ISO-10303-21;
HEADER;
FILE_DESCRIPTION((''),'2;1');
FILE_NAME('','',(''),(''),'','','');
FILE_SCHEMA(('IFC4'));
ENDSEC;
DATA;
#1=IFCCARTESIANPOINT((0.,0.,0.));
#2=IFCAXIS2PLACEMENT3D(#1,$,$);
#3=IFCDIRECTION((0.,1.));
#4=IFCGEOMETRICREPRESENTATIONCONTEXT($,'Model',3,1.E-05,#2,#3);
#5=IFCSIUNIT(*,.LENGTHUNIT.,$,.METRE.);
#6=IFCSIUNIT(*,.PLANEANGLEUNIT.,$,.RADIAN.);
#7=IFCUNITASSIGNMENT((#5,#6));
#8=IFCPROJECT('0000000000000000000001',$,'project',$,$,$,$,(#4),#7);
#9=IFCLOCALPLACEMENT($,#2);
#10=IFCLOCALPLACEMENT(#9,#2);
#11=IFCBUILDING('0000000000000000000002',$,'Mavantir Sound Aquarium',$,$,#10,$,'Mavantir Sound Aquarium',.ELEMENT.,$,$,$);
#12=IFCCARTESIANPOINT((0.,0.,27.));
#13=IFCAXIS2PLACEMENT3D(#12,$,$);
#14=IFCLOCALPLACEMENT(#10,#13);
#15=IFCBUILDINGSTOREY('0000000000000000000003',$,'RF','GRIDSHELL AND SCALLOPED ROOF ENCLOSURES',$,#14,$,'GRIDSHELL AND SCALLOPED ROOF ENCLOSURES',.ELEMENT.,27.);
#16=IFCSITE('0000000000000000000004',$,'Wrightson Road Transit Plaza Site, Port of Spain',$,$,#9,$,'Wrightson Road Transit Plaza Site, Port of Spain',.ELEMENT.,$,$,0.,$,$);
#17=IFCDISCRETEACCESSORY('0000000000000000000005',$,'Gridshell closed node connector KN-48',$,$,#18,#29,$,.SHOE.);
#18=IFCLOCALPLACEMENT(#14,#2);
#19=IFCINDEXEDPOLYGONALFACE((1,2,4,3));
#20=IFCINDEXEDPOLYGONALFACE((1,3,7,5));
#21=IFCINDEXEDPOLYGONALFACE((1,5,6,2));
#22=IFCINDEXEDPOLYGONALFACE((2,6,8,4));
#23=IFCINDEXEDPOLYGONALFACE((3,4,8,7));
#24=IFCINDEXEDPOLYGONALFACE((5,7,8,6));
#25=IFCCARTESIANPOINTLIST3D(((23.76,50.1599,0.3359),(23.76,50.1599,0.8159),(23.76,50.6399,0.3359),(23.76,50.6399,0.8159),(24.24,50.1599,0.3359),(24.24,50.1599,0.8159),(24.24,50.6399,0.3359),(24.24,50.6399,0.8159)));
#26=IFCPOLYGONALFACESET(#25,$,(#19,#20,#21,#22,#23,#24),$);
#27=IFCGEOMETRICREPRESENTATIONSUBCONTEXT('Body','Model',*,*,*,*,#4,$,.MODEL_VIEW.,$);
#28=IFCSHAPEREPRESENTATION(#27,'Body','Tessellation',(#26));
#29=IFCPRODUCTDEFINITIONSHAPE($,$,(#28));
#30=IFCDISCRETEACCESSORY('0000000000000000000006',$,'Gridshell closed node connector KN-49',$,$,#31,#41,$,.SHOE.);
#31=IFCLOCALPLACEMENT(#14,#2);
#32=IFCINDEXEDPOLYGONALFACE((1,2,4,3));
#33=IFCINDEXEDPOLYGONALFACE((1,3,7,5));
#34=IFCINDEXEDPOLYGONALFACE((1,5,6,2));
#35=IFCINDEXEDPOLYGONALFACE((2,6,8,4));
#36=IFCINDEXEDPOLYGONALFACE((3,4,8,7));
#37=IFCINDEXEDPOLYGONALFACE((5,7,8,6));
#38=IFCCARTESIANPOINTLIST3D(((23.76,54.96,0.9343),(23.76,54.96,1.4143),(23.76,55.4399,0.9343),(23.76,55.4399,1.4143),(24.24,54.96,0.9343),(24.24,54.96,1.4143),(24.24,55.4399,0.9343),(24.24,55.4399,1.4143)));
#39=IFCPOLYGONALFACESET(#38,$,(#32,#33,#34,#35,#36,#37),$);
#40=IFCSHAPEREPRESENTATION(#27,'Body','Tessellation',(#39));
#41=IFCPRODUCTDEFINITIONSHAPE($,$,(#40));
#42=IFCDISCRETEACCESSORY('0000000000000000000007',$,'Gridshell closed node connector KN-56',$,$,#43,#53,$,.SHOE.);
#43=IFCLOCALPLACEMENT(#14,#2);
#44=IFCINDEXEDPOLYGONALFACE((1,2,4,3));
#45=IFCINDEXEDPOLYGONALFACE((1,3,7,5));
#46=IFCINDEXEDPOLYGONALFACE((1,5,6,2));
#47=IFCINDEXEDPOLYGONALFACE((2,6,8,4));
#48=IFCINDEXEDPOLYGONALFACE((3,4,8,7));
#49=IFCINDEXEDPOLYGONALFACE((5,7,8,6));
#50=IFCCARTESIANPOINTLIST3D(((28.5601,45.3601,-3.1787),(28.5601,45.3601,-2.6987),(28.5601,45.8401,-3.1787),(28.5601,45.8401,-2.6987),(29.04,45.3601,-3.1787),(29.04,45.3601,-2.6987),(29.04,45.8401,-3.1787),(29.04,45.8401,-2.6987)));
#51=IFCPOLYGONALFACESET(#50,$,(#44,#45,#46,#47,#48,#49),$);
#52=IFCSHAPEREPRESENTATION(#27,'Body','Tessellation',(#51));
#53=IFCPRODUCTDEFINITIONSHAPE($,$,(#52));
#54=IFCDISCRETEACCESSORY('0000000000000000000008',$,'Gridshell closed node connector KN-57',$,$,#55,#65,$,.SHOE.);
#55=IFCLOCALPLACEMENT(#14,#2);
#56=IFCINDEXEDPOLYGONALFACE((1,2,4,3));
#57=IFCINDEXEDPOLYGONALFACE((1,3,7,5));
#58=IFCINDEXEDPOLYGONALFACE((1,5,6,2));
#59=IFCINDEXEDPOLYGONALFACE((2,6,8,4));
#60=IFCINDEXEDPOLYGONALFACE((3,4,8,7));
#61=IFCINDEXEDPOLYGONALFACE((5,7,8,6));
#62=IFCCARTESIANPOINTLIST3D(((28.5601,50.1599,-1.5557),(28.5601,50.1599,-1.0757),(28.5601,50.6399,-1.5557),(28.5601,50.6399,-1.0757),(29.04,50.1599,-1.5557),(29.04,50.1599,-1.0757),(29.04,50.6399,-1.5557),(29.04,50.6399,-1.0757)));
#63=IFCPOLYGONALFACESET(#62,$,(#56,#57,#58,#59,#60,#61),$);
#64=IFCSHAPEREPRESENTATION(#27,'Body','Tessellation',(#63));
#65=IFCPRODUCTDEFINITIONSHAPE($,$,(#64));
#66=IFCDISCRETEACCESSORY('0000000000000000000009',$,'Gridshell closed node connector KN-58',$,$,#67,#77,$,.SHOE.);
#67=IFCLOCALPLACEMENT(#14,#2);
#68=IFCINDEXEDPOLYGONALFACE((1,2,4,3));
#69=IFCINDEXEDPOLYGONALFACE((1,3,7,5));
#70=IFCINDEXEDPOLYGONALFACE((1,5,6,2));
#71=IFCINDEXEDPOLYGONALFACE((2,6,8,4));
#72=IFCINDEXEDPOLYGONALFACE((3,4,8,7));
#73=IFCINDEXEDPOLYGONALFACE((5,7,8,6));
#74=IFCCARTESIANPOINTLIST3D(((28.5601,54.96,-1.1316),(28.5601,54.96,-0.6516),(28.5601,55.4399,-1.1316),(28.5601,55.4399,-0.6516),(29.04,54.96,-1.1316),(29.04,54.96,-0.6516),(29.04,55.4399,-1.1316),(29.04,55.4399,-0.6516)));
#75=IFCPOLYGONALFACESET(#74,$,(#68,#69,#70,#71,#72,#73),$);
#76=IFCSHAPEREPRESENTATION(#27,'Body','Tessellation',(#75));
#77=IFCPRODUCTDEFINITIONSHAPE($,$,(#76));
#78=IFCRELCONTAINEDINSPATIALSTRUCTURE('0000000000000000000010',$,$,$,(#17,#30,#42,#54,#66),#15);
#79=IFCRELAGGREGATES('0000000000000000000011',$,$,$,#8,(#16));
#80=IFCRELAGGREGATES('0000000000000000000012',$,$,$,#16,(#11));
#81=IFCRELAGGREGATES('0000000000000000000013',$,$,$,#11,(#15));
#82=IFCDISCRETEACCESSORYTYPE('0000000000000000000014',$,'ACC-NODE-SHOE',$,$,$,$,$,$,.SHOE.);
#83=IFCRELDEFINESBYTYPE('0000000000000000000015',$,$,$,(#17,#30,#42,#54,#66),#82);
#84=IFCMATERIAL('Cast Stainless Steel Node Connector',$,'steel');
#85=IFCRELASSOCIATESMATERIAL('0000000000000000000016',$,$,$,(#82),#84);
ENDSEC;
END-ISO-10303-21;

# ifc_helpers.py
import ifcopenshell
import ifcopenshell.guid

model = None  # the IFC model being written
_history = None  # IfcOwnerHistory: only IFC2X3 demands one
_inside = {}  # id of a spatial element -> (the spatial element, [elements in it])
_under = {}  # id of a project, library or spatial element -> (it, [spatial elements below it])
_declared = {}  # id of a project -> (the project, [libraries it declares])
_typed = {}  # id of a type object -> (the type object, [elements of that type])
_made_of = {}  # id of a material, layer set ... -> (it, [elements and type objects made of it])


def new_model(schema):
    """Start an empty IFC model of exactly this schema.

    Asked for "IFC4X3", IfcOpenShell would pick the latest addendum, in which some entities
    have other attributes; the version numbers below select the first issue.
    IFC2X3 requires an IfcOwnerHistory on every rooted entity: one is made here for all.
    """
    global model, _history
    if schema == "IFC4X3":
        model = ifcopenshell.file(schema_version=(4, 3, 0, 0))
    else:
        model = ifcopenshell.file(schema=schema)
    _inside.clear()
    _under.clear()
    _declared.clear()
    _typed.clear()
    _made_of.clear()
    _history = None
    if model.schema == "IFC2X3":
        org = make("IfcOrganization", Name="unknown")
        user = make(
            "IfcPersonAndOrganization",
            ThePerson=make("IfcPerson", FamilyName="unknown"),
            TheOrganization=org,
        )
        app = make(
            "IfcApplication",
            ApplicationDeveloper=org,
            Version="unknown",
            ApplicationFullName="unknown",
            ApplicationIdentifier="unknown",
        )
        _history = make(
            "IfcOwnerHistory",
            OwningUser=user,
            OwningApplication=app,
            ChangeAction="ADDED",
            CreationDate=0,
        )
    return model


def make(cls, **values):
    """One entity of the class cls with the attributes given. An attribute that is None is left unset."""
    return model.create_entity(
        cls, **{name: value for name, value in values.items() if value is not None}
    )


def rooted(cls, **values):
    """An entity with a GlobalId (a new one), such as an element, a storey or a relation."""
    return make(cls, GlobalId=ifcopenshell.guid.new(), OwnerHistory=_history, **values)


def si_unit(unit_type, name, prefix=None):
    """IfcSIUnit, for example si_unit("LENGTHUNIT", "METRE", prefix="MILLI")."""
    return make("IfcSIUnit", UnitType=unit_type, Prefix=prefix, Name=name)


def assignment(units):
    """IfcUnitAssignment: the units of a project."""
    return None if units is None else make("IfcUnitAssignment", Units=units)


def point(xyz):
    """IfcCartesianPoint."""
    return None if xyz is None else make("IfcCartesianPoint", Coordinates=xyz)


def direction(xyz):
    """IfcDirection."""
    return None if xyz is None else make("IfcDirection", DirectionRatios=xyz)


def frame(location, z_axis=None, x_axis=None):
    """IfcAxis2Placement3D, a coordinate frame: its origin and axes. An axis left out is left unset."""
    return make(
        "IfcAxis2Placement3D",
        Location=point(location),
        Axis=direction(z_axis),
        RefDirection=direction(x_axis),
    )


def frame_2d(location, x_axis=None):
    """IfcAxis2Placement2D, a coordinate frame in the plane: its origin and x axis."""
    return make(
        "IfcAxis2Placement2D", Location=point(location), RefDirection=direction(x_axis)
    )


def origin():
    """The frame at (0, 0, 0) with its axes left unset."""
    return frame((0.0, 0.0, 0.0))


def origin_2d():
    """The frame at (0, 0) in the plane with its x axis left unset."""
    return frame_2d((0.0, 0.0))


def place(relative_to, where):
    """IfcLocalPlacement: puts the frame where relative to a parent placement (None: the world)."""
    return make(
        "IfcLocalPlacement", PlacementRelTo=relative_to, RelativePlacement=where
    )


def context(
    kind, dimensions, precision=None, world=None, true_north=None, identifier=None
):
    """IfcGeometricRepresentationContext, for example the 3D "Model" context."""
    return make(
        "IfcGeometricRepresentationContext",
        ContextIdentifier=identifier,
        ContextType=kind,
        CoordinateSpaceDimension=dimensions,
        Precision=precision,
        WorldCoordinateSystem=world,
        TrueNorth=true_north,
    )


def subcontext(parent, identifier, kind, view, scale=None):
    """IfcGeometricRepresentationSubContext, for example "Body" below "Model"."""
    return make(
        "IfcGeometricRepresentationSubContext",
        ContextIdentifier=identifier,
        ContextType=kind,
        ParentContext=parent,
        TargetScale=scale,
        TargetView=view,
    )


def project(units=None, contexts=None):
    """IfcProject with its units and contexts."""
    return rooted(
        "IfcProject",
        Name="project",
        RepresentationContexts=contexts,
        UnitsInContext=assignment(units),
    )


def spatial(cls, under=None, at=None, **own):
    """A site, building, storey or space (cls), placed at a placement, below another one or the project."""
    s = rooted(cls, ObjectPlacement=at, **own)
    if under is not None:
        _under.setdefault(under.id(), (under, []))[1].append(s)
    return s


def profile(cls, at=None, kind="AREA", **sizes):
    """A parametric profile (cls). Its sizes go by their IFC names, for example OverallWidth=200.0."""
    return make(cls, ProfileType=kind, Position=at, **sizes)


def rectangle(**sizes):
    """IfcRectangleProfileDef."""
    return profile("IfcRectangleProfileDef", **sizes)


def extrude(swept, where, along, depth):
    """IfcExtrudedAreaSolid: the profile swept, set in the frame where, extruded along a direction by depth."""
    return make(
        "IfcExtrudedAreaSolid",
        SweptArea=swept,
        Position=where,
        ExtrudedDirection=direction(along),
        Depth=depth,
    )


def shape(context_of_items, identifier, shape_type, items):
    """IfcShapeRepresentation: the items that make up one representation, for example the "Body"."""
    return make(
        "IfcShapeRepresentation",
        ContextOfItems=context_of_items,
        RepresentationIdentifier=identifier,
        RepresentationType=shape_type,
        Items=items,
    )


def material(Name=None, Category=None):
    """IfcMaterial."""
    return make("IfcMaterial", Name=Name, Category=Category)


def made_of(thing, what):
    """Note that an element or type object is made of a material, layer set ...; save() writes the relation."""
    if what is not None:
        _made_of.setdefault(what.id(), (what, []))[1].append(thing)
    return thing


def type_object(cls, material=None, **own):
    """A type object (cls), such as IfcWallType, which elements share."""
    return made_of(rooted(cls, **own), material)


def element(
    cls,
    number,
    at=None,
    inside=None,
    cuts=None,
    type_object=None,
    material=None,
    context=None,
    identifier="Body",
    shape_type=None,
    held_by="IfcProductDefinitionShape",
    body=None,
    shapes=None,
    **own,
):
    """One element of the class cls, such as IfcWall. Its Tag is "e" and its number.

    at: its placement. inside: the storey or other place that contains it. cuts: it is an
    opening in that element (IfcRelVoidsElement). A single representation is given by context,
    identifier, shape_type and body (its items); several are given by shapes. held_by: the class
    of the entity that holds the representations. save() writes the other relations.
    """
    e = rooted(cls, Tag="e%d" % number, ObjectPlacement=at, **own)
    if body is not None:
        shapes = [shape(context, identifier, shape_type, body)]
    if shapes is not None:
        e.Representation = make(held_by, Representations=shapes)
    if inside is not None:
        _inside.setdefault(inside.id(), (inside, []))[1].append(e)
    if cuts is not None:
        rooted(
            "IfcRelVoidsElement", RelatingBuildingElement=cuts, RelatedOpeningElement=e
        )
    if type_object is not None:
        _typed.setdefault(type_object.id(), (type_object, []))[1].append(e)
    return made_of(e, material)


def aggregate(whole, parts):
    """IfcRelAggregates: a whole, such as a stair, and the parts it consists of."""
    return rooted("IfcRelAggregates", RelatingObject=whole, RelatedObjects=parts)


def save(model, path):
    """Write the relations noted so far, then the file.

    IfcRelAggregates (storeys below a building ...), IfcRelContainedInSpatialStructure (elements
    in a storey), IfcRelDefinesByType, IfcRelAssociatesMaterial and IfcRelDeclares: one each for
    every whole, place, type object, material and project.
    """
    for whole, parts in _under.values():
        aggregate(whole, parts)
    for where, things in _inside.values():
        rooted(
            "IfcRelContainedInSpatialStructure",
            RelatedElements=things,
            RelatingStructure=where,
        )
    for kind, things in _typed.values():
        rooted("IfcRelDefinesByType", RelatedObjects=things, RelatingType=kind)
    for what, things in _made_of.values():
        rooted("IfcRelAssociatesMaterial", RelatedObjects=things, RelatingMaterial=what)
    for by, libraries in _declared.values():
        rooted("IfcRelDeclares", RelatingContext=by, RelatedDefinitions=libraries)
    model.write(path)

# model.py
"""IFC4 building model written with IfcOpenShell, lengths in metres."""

from ifc_helpers import new_model, si_unit, direction, frame, origin, origin_2d, place, context, subcontext, project, spatial, rectangle, extrude, material, type_object, element, save


model = new_model("IFC4")

# Units and contexts
model_context = context("Model", 3, precision=1e-05, world=origin(), true_north=direction((0.0, 1.0)))
body_context = subcontext(model_context, "Body", "Model", "MODEL_VIEW")
ifc_project = project(units=[si_unit("LENGTHUNIT", "METRE"), si_unit("PLANEANGLEUNIT", "RADIAN")], contexts=[model_context])

# Site, building, storey
site_placement = place(None, origin())
site = spatial("IfcSite", under=ifc_project, at=site_placement, Name="Wrightson Road Transit Plaza Site, Port of Spain", LongName="Wrightson Road Transit Plaza Site, Port of Spain", CompositionType="ELEMENT", RefElevation=0.0)
building_placement = place(site_placement, origin())
building = spatial("IfcBuilding", under=site, at=building_placement, Name="Mavantir Sound Aquarium", LongName="Mavantir Sound Aquarium", CompositionType="ELEMENT")
storey_placement = place(building_placement, frame((0.0, 0.0, 27.0)))
storey = spatial("IfcBuildingStorey", under=building, at=storey_placement, Name="RF", Description="GRIDSHELL AND SCALLOPED ROOF ENCLOSURES", LongName="GRIDSHELL AND SCALLOPED ROOF ENCLOSURES", CompositionType="ELEMENT", Elevation=27.0)

# Discrete accessories
ifc_material_1 = material(Name="Cast Stainless Steel Node Connector", Category="steel")
discrete_accessory_type = type_object("IfcDiscreteAccessoryType", Name="ACC-NODE-SHOE", PredefinedType="SHOE", material=ifc_material_1)
for number, where, z_axis, x_axis, name in (
    (1, (24.0, 50.3999, 0.3359), (0.0, 0.0, 1.0), (1.0, 0.0, 0.0), "Gridshell closed node connector KN-48"),
    (2, (24.0, 55.2, 0.9343), (0.0, 0.0, 1.0), (1.0, 0.0, 0.0), "Gridshell closed node connector KN-49"),
    (3, (28.8, 45.6001, -3.1787), (0.0, 0.0, 1.0), (1.0, 0.0, 0.0), "Gridshell closed node connector KN-56"),
    (4, (28.8, 50.3999, -1.5557), (0.0, 0.0, 1.0), (1.0, 0.0, 0.0), "Gridshell closed node connector KN-57"),
    (5, (28.8, 55.2, -1.1316), (0.0, 0.0, 1.0), (1.0, 0.0, 0.0), "Gridshell closed node connector KN-58"),
):
    element("IfcDiscreteAccessory", number, at=place(storey_placement, frame(where, z_axis=z_axis, x_axis=x_axis)), inside=storey, type_object=discrete_accessory_type, Name=name, PredefinedType="SHOE", context=body_context, shape_type="SweptSolid", body=[
        extrude(rectangle(XDim=0.48, YDim=0.48, at=origin_2d()), origin(), (0.0, 0.0, 1.0), 0.48),
    ])

save(model, "model.ifc")
